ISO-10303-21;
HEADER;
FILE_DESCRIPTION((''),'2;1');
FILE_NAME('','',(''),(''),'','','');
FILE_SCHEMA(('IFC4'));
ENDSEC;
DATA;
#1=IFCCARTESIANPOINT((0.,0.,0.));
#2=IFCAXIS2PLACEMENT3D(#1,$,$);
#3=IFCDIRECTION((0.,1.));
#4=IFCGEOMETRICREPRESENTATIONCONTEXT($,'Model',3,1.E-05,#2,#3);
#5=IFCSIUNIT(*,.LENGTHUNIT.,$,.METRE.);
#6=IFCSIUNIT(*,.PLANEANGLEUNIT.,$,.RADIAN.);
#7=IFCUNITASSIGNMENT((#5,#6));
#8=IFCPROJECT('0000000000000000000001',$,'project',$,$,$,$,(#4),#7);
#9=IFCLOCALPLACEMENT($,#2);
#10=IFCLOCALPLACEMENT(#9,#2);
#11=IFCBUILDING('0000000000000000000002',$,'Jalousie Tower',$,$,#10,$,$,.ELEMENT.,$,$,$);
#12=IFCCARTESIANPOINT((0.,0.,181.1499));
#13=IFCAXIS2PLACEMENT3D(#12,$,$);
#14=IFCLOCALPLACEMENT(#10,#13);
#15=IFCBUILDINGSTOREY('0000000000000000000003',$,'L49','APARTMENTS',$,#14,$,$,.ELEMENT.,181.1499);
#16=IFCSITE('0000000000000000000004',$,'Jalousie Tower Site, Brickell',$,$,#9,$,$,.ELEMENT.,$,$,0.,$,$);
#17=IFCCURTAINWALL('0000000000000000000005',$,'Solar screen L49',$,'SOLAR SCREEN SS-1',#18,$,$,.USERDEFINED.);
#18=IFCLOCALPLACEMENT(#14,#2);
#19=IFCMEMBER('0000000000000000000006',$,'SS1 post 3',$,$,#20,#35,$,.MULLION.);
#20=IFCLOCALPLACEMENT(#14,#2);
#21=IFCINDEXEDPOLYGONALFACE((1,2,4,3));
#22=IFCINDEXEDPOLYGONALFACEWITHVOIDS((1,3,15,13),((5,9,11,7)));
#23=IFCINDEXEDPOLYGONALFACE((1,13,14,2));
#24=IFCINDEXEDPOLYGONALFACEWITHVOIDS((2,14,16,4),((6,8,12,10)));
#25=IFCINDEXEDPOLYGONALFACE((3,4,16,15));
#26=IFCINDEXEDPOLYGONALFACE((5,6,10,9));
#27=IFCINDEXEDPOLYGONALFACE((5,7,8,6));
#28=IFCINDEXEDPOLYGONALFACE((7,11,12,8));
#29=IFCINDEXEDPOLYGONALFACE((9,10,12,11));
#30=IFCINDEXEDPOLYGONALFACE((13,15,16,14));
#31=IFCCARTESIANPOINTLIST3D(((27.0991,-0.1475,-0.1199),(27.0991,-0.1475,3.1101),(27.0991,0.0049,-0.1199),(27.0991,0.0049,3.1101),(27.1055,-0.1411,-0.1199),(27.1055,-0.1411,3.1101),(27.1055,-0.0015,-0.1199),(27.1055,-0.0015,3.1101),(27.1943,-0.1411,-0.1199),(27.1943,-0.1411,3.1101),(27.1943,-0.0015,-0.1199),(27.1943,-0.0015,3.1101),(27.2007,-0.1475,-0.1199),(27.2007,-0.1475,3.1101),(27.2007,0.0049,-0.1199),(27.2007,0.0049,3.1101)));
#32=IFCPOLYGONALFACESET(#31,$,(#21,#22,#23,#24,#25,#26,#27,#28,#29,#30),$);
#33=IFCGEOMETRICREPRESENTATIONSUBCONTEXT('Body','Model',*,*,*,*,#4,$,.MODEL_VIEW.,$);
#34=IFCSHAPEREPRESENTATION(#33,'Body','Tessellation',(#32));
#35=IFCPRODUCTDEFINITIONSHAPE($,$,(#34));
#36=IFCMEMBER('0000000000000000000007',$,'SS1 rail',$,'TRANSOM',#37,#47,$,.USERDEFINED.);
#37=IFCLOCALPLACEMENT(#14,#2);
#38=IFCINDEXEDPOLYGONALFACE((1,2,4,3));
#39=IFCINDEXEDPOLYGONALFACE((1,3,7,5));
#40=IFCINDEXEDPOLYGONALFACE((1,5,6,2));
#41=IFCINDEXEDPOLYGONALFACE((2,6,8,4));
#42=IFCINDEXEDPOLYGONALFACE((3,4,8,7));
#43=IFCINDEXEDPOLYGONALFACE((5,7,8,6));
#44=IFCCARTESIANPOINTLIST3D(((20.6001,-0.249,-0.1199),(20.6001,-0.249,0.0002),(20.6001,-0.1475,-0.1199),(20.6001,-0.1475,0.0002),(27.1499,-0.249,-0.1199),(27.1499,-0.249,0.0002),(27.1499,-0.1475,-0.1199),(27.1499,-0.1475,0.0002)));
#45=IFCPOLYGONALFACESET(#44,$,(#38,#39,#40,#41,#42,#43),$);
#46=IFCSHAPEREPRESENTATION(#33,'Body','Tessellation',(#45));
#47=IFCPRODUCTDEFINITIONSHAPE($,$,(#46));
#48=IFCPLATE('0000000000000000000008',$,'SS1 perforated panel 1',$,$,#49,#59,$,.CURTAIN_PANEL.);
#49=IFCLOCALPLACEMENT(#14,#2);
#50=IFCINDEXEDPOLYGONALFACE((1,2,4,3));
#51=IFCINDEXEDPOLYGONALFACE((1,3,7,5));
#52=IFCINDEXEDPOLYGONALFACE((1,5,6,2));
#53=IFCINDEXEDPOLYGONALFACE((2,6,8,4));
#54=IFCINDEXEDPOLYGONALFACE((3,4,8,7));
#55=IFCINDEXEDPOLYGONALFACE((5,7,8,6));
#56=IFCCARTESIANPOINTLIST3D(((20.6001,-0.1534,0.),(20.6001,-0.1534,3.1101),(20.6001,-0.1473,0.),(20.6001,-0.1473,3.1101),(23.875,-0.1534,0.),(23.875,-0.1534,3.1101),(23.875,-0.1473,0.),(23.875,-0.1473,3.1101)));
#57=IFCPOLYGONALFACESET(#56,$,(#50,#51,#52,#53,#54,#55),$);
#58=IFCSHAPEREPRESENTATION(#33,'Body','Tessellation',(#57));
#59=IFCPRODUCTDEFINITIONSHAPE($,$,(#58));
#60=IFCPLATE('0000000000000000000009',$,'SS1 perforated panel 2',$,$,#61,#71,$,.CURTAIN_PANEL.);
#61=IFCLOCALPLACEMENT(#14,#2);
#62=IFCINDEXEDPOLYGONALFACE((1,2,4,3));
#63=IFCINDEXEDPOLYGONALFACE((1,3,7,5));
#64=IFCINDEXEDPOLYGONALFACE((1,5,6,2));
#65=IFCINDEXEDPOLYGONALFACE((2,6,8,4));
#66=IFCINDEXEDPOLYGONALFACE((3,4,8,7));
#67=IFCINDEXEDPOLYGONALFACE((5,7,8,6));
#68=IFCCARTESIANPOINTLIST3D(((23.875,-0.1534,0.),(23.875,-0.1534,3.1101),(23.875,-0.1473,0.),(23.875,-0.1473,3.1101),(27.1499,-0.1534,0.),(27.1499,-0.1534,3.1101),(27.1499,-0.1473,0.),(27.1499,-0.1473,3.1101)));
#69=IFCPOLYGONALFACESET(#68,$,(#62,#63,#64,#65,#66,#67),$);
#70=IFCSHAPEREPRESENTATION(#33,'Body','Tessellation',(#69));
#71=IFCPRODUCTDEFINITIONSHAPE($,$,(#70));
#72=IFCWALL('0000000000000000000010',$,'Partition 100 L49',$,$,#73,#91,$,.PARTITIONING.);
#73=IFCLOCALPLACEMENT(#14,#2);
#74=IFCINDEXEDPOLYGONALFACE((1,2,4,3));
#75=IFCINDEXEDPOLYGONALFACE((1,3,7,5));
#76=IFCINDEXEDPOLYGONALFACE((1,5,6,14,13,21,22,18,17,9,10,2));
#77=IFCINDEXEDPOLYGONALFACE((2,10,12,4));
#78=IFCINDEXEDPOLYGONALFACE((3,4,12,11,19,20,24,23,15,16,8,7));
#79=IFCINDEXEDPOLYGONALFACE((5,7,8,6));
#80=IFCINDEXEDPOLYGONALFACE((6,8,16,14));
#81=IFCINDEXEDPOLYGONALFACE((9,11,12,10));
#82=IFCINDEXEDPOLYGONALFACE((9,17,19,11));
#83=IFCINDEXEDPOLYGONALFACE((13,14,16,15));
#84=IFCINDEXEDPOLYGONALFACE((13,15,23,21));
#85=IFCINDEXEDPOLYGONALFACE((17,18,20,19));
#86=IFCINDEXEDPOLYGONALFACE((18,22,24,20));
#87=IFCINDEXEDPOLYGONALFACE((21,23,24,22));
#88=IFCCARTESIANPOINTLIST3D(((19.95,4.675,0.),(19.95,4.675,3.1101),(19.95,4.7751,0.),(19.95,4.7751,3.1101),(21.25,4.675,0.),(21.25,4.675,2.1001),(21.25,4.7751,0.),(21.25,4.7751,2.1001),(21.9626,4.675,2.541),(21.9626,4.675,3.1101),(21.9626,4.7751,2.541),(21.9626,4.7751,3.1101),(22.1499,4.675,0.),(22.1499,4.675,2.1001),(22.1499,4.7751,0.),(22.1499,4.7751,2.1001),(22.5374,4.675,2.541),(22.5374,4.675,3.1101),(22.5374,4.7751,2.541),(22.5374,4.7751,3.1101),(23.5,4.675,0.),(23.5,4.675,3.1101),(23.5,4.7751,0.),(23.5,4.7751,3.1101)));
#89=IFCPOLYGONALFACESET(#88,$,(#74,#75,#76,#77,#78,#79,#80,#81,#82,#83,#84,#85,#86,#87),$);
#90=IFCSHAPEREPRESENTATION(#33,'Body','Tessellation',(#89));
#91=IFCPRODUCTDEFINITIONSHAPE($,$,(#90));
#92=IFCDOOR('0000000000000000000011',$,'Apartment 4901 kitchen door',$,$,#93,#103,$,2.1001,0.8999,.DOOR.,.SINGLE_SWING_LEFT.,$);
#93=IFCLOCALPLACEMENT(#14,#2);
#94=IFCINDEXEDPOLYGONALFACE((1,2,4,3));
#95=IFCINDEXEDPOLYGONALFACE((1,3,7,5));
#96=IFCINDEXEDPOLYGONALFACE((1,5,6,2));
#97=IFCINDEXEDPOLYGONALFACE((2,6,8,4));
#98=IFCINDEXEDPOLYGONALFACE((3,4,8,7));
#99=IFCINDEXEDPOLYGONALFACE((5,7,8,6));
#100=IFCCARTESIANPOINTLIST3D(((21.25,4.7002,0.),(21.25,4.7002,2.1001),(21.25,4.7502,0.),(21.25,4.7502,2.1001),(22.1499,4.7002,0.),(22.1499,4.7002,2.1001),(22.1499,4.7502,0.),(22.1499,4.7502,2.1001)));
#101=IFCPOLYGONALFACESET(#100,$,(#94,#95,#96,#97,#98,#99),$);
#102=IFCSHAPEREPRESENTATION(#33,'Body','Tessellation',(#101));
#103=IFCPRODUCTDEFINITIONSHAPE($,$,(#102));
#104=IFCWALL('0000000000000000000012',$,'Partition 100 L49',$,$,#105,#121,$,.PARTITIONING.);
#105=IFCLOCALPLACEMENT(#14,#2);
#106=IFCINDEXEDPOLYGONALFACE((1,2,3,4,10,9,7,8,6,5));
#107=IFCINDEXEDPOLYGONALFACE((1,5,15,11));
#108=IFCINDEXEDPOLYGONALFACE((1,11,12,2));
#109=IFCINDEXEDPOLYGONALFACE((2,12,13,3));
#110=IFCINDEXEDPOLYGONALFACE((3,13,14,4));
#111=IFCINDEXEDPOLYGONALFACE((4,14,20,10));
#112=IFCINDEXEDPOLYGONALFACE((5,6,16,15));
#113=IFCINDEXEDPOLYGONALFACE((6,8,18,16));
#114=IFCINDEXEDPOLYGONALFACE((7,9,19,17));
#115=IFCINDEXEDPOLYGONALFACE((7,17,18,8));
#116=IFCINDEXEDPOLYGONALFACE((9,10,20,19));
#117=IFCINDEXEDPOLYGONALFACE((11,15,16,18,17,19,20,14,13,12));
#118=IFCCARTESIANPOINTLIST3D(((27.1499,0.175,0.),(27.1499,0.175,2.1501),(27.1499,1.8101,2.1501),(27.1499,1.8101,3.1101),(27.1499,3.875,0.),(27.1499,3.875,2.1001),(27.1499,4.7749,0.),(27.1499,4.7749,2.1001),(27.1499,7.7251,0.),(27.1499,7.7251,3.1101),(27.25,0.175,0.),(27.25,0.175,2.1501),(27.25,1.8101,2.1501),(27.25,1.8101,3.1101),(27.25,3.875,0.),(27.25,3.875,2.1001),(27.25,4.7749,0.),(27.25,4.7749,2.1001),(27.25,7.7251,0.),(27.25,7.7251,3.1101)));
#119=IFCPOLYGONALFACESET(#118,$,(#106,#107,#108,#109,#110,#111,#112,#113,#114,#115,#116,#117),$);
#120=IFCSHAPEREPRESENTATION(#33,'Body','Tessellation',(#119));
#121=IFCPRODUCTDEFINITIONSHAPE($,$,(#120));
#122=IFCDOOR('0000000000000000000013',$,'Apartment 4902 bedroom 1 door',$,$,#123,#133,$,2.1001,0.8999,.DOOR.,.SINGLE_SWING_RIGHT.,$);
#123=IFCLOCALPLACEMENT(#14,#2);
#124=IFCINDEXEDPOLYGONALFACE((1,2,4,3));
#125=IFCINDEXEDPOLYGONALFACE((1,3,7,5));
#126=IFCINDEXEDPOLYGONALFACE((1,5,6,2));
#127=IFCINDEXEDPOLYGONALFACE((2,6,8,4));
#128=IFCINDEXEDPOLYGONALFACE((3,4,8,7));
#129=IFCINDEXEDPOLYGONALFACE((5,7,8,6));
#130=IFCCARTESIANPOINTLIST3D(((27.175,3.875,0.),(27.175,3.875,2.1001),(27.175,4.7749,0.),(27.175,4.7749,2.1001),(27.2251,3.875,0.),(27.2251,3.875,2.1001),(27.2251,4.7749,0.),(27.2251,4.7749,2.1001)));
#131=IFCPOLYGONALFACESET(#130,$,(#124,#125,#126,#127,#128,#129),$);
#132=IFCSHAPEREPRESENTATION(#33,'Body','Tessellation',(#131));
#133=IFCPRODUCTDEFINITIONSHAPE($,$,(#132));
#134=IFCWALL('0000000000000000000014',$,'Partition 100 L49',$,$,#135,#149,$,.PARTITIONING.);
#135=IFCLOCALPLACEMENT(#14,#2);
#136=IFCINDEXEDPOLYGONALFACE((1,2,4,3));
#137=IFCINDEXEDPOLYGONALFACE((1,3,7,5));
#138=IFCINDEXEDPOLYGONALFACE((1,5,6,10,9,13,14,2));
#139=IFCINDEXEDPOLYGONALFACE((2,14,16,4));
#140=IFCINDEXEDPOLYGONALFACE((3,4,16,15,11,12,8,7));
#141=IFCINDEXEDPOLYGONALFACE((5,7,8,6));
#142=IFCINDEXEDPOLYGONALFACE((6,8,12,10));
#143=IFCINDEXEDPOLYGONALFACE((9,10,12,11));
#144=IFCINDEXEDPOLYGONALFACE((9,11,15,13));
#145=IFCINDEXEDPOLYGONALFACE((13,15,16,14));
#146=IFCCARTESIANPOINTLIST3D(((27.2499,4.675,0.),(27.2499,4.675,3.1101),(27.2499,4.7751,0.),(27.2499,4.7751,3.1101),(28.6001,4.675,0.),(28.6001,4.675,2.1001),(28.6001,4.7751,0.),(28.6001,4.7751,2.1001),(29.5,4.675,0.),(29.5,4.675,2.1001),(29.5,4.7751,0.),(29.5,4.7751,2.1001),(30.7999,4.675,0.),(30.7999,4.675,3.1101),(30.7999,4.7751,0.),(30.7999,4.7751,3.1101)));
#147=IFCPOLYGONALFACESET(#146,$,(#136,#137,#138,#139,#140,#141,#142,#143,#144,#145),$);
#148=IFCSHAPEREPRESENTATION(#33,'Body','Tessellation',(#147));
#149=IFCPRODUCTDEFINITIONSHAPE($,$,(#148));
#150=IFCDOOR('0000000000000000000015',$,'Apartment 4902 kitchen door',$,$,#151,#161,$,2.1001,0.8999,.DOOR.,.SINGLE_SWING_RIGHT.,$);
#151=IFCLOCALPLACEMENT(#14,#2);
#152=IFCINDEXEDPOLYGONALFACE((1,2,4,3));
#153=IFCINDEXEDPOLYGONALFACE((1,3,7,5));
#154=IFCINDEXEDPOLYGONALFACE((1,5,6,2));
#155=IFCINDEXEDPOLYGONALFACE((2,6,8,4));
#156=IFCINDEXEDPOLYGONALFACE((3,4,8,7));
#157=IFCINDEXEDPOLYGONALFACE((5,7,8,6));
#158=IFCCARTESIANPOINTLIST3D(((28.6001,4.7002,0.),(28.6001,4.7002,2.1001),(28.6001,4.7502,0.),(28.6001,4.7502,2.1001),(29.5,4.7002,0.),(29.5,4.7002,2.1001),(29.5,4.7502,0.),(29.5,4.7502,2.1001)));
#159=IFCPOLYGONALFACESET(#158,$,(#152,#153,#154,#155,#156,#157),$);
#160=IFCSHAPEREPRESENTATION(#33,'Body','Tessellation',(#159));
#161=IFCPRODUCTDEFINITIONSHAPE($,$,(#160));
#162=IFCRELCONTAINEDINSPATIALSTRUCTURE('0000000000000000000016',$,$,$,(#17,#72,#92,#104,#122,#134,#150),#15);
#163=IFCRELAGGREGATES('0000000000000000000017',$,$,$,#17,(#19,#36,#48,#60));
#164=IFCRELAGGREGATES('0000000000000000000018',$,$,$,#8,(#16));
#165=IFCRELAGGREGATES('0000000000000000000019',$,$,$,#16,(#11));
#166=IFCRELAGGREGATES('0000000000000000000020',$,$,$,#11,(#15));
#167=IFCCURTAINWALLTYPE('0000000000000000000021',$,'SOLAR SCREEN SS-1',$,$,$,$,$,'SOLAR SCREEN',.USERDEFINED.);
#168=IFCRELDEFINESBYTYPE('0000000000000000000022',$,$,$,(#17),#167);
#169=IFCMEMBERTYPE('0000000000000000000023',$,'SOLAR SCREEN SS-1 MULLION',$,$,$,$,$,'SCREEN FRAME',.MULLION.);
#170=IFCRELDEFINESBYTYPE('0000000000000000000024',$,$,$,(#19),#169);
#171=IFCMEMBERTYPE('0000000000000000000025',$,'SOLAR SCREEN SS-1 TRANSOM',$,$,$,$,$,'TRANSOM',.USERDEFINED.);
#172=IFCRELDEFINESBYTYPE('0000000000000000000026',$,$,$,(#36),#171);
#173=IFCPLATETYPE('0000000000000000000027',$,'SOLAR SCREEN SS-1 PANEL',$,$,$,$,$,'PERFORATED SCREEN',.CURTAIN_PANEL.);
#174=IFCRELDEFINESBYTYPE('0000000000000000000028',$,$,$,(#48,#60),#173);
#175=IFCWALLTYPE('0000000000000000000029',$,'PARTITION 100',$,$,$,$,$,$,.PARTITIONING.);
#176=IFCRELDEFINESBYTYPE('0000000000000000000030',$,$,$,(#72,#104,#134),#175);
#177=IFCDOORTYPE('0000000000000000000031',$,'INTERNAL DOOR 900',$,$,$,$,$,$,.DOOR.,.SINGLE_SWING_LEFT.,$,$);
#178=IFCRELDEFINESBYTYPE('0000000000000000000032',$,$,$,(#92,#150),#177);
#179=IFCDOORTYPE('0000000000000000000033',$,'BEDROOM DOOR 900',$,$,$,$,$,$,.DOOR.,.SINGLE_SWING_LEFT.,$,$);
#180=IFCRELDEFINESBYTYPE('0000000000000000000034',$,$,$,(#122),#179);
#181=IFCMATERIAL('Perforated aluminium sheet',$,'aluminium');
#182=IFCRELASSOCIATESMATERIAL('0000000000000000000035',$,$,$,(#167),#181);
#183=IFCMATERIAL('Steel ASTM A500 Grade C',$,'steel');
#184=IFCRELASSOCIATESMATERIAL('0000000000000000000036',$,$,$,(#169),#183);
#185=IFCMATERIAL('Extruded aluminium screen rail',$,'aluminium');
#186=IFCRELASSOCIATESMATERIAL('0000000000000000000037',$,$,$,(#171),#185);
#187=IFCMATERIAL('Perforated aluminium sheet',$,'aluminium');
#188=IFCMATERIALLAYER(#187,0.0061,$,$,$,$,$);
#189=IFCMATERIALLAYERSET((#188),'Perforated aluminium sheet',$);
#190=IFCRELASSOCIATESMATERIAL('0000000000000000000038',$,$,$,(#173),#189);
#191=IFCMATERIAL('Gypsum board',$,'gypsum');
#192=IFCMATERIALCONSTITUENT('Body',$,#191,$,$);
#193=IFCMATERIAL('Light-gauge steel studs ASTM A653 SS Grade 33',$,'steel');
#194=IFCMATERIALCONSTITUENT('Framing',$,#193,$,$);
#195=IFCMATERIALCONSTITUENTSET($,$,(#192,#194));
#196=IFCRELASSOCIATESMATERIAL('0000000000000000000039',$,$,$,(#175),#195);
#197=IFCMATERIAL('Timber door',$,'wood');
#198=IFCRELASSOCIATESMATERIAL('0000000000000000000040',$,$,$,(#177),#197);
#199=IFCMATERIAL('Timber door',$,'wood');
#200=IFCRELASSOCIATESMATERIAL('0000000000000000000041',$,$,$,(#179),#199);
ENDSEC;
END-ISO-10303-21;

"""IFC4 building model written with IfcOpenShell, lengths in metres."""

from ifc_helpers import new_model, si_unit, direction, frame, frame_2d, origin, origin_2d, place, context, subcontext, project, spatial, polyline, rectangle, hollow_rectangle, outline, extrude, material, layer, layer_set, constituent, constituent_set, material_profile, profile_set, type_object, element, fill, aggregate, save


model = new_model("IFC4")

# Units and contexts
model_context = context("Model", 3, precision=1e-05, world=origin(), true_north=direction((0.0, 1.0)))
body_context = subcontext(model_context, "Body", "Model", "MODEL_VIEW")
ifc_project = project(units=[si_unit("LENGTHUNIT", "METRE"), si_unit("PLANEANGLEUNIT", "RADIAN")], contexts=[model_context])

# Site, building, storey
site_placement = place(None, origin())
site = spatial("IfcSite", under=ifc_project, at=site_placement, Name="Jalousie Tower Site, Brickell", CompositionType="ELEMENT", RefElevation=0.0)
building_placement = place(site_placement, origin())
building = spatial("IfcBuilding", under=site, at=building_placement, Name="Jalousie Tower", CompositionType="ELEMENT")
storey_placement = place(building_placement, frame((0.0, 0.0, 181.1499)))
storey = spatial("IfcBuildingStorey", under=building, at=storey_placement, Name="L49", Description="APARTMENTS", CompositionType="ELEMENT", Elevation=181.1499)

# Curtain wall, members, plates
ifc_material_1 = material(Name="Perforated aluminium sheet", Category="aluminium")
curtain_wall_type = type_object("IfcCurtainWallType", Name="SOLAR SCREEN SS-1", ElementType="SOLAR SCREEN", PredefinedType="USERDEFINED", material=ifc_material_1)
curtain_wall_placement = place(storey_placement, origin())
curtain_wall = element("IfcCurtainWall", 1, at=curtain_wall_placement, inside=storey, type_object=curtain_wall_type, Name="Solar screen L49", ObjectType="SOLAR SCREEN SS-1", PredefinedType="USERDEFINED")
ifc_material_2 = material(Name="Steel ASTM A500 Grade C", Category="steel")
ifc_material_profile_1 = material_profile(ifc_material_2, hollow_rectangle(XDim=0.1016, YDim=0.1523, WallThickness=0.0063, at=origin_2d()), Name="HSS6X4X1/4")
ifc_profile_set_1 = profile_set([ifc_material_profile_1], Name="Steel ASTM A500 Grade C")
member_type_1 = type_object("IfcMemberType", Name="SOLAR SCREEN SS-1 MULLION", ElementType="SCREEN FRAME", PredefinedType="MULLION", material=ifc_profile_set_1)
member_1_placement = place(storey_placement, frame((27.1499, -0.0713, -0.1199), z_axis=(0.0, 0.0, 1.0), x_axis=(1.0, 0.0, 0.0)))
member_1 = element("IfcMember", 2, at=member_1_placement, type_object=member_type_1, Name="SS1 post 3", PredefinedType="MULLION", context=body_context, shape_type="SweptSolid", body=[
    extrude(hollow_rectangle(XDim=0.1016, YDim=0.1523, WallThickness=0.0063, at=origin_2d()), origin(), (0.0, 0.0, 1.0), 3.23),
])
ifc_material_3 = material(Name="Extruded aluminium screen rail", Category="aluminium")
ifc_material_profile_2 = material_profile(ifc_material_3, rectangle(XDim=0.1016, YDim=0.1201, at=origin_2d()), Name="RAIL 102x120")
ifc_profile_set_2 = profile_set([ifc_material_profile_2], Name="Extruded aluminium screen rail")
member_type_2 = type_object("IfcMemberType", Name="SOLAR SCREEN SS-1 TRANSOM", ElementType="TRANSOM", PredefinedType="USERDEFINED", material=ifc_profile_set_2)
member_2_placement = place(storey_placement, frame((20.6001, -0.1982, -0.0598), z_axis=(1.0, 0.0, 0.0), x_axis=(0.0, 1.0, 0.0)))
member_2 = element("IfcMember", 3, at=member_2_placement, type_object=member_type_2, Name="SS1 rail", ObjectType="TRANSOM", PredefinedType="USERDEFINED", context=body_context, shape_type="SweptSolid", body=[
    extrude(rectangle(XDim=0.1016, YDim=0.1201, at=origin_2d()), origin(), (0.0, 0.0, 1.0), 6.5498),
])
ifc_material_4 = material(Name="Perforated aluminium sheet", Category="aluminium")
ifc_layer_1 = layer(ifc_material_4, 0.0061)
ifc_layer_set_1 = layer_set([ifc_layer_1], Name="Perforated aluminium sheet")
plate_type = type_object("IfcPlateType", Name="SOLAR SCREEN SS-1 PANEL", ElementType="PERFORATED SCREEN", PredefinedType="CURTAIN_PANEL", material=ifc_layer_set_1)
plate_1_placement = place(storey_placement, frame((22.2375, -0.1504, 0.0), z_axis=(0.0, 0.0, 1.0), x_axis=(1.0, 0.0, 0.0)))
plate_1 = element("IfcPlate", 4, at=plate_1_placement, type_object=plate_type, Name="SS1 perforated panel 1", PredefinedType="CURTAIN_PANEL", context=body_context, shape_type="SweptSolid", body=[
    extrude(rectangle(XDim=3.2749, YDim=0.0061, at=origin_2d()), origin(), (0.0, 0.0, 1.0), 3.1101),
])
plate_2_placement = place(storey_placement, frame((25.5125, -0.1504, 0.0), z_axis=(0.0, 0.0, 1.0), x_axis=(1.0, 0.0, 0.0)))
plate_2 = element("IfcPlate", 5, at=plate_2_placement, type_object=plate_type, Name="SS1 perforated panel 2", PredefinedType="CURTAIN_PANEL", context=body_context, shape_type="SweptSolid", body=[
    extrude(rectangle(XDim=3.2749, YDim=0.0061, at=origin_2d()), origin(), (0.0, 0.0, 1.0), 3.1101),
])
aggregate(curtain_wall, [member_1, member_2, plate_1, plate_2])

# Walls, openings, doors
ifc_material_5 = material(Name="Gypsum board", Category="gypsum")
ifc_constituent_1 = constituent(ifc_material_5, Name="Body")
ifc_material_6 = material(Name="Light-gauge steel studs ASTM A653 SS Grade 33", Category="steel")
ifc_constituent_2 = constituent(ifc_material_6, Name="Framing")
ifc_constituent_set_1 = constituent_set(constituents=[ifc_constituent_1, ifc_constituent_2])
wall_type_1 = type_object("IfcWallType", Name="PARTITION 100", PredefinedType="PARTITIONING", material=ifc_constituent_set_1)
wall_1_placement = place(storey_placement, frame((19.95, 4.7251, 0.0), z_axis=(0.0, 0.0, 1.0), x_axis=(1.0, 0.0, 0.0)))
wall_1 = element("IfcWall", 6, at=wall_1_placement, inside=storey, type_object=wall_type_1, Name="Partition 100 L49", PredefinedType="PARTITIONING", context=body_context, shape_type="SweptSolid", body=[
    extrude(outline(polyline([(0.0, 0.0), (3.55, 0.0), (3.55, 3.1101), (2.5874, 3.1101), (2.5874, 2.541), (2.0127, 2.541), (2.0127, 3.1101), (0.0, 3.1101), (0.0, 0.0)])), frame((0.0, 0.05, 0.0), z_axis=(0.0, -1.0, 0.0), x_axis=(1.0, 0.0, 0.0)), (0.0, 0.0, 1.0), 0.1001),
])
opening_1_placement = place(wall_1_placement, frame((1.3, 0.0, 0.0)))
opening_1 = element("IfcOpeningElement", 7, at=opening_1_placement, cuts=wall_1, PredefinedType="OPENING", context=body_context, shape_type="SweptSolid", body=[
    extrude(rectangle(XDim=0.8999, YDim=2.1001, at=frame_2d((0.45, 1.05))), frame((0.0, 0.0601, 0.0), z_axis=(0.0, -1.0, 0.0), x_axis=(1.0, 0.0, 0.0)), (0.0, 0.0, 1.0), 0.1201),
])
ifc_material_7 = material(Name="Timber door", Category="wood")
door_type_1 = type_object("IfcDoorType", Name="INTERNAL DOOR 900", OperationType="SINGLE_SWING_LEFT", PredefinedType="DOOR", material=ifc_material_7)
door_1_placement = place(opening_1_placement, frame((0.8999, 0.0, 0.0), z_axis=(0.0, 0.0, 1.0), x_axis=(-1.0, 0.0, 0.0)))
door_1 = element("IfcDoor", 8, at=door_1_placement, inside=storey, type_object=door_type_1, Name="Apartment 4901 kitchen door", OperationType="SINGLE_SWING_LEFT", OverallHeight=2.1001, OverallWidth=0.8999, PredefinedType="DOOR", context=body_context, shape_type="SweptSolid", body=[
    extrude(rectangle(XDim=0.8999, YDim=2.1001, at=frame_2d((0.45, 1.05))), frame((0.0, 0.0249, 0.0), z_axis=(0.0, -1.0, 0.0), x_axis=(1.0, 0.0, 0.0)), (0.0, 0.0, 1.0), 0.05),
])
fill(opening_1, door_1)
wall_2_placement = place(storey_placement, frame((27.2, 0.175, 0.0), z_axis=(0.0, 0.0, 1.0), x_axis=(0.0, 1.0, 0.0)))
wall_2 = element("IfcWall", 9, at=wall_2_placement, inside=storey, type_object=wall_type_1, Name="Partition 100 L49", PredefinedType="PARTITIONING", context=body_context, shape_type="SweptSolid", body=[
    extrude(outline(polyline([(0.0, 0.0), (7.55, 0.0), (7.55, 3.1101), (1.635, 3.1101), (1.635, 2.1501), (0.0, 2.1501), (0.0, 3.1101), (0.0, 0.0)])), frame((0.0, 0.05, 0.0), z_axis=(0.0, -1.0, 0.0), x_axis=(1.0, 0.0, 0.0)), (0.0, 0.0, 1.0), 0.1001),
])
opening_2_placement = place(wall_2_placement, frame((3.7, 0.0, 0.0)))
opening_2 = element("IfcOpeningElement", 10, at=opening_2_placement, cuts=wall_2, PredefinedType="OPENING", context=body_context, shape_type="SweptSolid", body=[
    extrude(rectangle(XDim=0.8999, YDim=2.1001, at=frame_2d((0.45, 1.05))), frame((0.0, 0.0601, 0.0), z_axis=(0.0, -1.0, 0.0), x_axis=(1.0, 0.0, 0.0)), (0.0, 0.0, 1.0), 0.1201),
])
ifc_material_8 = material(Name="Timber door", Category="wood")
door_type_2 = type_object("IfcDoorType", Name="BEDROOM DOOR 900", OperationType="SINGLE_SWING_LEFT", PredefinedType="DOOR", material=ifc_material_8)
door_2_placement = place(opening_2_placement, origin())
door_2 = element("IfcDoor", 11, at=door_2_placement, inside=storey, type_object=door_type_2, Name="Apartment 4902 bedroom 1 door", OperationType="SINGLE_SWING_RIGHT", OverallHeight=2.1001, OverallWidth=0.8999, PredefinedType="DOOR", context=body_context, shape_type="SweptSolid", body=[
    extrude(rectangle(XDim=0.8999, YDim=2.1001, at=frame_2d((0.45, 1.05))), frame((0.0, 0.0249, 0.0), z_axis=(0.0, -1.0, 0.0), x_axis=(1.0, 0.0, 0.0)), (0.0, 0.0, 1.0), 0.05),
])
fill(opening_2, door_2)
wall_3_placement = place(storey_placement, frame((27.25, 4.7251, 0.0), z_axis=(0.0, 0.0, 1.0), x_axis=(1.0, 0.0, 0.0)))
wall_3 = element("IfcWall", 12, at=wall_3_placement, inside=storey, type_object=wall_type_1, Name="Partition 100 L49", PredefinedType="PARTITIONING", context=body_context, shape_type="SweptSolid", body=[
    extrude(rectangle(XDim=3.55, YDim=0.1001, at=frame_2d((1.7749, 0.0))), origin(), (0.0, 0.0, 1.0), 3.1101),
])
opening_3_placement = place(wall_3_placement, frame((1.3501, 0.0, 0.0)))
opening_3 = element("IfcOpeningElement", 13, at=opening_3_placement, cuts=wall_3, PredefinedType="OPENING", context=body_context, shape_type="SweptSolid", body=[
    extrude(rectangle(XDim=0.8999, YDim=2.1001, at=frame_2d((0.45, 1.05))), frame((0.0, 0.0601, 0.0), z_axis=(0.0, -1.0, 0.0), x_axis=(1.0, 0.0, 0.0)), (0.0, 0.0, 1.0), 0.1201),
])
door_3_placement = place(opening_3_placement, frame((0.8999, 0.0, 0.0), z_axis=(0.0, 0.0, 1.0), x_axis=(-1.0, 0.0, 0.0)))
door_3 = element("IfcDoor", 14, at=door_3_placement, inside=storey, type_object=door_type_1, Name="Apartment 4902 kitchen door", OperationType="SINGLE_SWING_RIGHT", OverallHeight=2.1001, OverallWidth=0.8999, PredefinedType="DOOR", context=body_context, shape_type="SweptSolid", body=[
    extrude(rectangle(XDim=0.8999, YDim=2.1001, at=frame_2d((0.45, 1.05))), frame((0.0, 0.0249, 0.0), z_axis=(0.0, -1.0, 0.0), x_axis=(1.0, 0.0, 0.0)), (0.0, 0.0, 1.0), 0.05),
])
fill(opening_3, door_3)

save(model, "model.ifc")
